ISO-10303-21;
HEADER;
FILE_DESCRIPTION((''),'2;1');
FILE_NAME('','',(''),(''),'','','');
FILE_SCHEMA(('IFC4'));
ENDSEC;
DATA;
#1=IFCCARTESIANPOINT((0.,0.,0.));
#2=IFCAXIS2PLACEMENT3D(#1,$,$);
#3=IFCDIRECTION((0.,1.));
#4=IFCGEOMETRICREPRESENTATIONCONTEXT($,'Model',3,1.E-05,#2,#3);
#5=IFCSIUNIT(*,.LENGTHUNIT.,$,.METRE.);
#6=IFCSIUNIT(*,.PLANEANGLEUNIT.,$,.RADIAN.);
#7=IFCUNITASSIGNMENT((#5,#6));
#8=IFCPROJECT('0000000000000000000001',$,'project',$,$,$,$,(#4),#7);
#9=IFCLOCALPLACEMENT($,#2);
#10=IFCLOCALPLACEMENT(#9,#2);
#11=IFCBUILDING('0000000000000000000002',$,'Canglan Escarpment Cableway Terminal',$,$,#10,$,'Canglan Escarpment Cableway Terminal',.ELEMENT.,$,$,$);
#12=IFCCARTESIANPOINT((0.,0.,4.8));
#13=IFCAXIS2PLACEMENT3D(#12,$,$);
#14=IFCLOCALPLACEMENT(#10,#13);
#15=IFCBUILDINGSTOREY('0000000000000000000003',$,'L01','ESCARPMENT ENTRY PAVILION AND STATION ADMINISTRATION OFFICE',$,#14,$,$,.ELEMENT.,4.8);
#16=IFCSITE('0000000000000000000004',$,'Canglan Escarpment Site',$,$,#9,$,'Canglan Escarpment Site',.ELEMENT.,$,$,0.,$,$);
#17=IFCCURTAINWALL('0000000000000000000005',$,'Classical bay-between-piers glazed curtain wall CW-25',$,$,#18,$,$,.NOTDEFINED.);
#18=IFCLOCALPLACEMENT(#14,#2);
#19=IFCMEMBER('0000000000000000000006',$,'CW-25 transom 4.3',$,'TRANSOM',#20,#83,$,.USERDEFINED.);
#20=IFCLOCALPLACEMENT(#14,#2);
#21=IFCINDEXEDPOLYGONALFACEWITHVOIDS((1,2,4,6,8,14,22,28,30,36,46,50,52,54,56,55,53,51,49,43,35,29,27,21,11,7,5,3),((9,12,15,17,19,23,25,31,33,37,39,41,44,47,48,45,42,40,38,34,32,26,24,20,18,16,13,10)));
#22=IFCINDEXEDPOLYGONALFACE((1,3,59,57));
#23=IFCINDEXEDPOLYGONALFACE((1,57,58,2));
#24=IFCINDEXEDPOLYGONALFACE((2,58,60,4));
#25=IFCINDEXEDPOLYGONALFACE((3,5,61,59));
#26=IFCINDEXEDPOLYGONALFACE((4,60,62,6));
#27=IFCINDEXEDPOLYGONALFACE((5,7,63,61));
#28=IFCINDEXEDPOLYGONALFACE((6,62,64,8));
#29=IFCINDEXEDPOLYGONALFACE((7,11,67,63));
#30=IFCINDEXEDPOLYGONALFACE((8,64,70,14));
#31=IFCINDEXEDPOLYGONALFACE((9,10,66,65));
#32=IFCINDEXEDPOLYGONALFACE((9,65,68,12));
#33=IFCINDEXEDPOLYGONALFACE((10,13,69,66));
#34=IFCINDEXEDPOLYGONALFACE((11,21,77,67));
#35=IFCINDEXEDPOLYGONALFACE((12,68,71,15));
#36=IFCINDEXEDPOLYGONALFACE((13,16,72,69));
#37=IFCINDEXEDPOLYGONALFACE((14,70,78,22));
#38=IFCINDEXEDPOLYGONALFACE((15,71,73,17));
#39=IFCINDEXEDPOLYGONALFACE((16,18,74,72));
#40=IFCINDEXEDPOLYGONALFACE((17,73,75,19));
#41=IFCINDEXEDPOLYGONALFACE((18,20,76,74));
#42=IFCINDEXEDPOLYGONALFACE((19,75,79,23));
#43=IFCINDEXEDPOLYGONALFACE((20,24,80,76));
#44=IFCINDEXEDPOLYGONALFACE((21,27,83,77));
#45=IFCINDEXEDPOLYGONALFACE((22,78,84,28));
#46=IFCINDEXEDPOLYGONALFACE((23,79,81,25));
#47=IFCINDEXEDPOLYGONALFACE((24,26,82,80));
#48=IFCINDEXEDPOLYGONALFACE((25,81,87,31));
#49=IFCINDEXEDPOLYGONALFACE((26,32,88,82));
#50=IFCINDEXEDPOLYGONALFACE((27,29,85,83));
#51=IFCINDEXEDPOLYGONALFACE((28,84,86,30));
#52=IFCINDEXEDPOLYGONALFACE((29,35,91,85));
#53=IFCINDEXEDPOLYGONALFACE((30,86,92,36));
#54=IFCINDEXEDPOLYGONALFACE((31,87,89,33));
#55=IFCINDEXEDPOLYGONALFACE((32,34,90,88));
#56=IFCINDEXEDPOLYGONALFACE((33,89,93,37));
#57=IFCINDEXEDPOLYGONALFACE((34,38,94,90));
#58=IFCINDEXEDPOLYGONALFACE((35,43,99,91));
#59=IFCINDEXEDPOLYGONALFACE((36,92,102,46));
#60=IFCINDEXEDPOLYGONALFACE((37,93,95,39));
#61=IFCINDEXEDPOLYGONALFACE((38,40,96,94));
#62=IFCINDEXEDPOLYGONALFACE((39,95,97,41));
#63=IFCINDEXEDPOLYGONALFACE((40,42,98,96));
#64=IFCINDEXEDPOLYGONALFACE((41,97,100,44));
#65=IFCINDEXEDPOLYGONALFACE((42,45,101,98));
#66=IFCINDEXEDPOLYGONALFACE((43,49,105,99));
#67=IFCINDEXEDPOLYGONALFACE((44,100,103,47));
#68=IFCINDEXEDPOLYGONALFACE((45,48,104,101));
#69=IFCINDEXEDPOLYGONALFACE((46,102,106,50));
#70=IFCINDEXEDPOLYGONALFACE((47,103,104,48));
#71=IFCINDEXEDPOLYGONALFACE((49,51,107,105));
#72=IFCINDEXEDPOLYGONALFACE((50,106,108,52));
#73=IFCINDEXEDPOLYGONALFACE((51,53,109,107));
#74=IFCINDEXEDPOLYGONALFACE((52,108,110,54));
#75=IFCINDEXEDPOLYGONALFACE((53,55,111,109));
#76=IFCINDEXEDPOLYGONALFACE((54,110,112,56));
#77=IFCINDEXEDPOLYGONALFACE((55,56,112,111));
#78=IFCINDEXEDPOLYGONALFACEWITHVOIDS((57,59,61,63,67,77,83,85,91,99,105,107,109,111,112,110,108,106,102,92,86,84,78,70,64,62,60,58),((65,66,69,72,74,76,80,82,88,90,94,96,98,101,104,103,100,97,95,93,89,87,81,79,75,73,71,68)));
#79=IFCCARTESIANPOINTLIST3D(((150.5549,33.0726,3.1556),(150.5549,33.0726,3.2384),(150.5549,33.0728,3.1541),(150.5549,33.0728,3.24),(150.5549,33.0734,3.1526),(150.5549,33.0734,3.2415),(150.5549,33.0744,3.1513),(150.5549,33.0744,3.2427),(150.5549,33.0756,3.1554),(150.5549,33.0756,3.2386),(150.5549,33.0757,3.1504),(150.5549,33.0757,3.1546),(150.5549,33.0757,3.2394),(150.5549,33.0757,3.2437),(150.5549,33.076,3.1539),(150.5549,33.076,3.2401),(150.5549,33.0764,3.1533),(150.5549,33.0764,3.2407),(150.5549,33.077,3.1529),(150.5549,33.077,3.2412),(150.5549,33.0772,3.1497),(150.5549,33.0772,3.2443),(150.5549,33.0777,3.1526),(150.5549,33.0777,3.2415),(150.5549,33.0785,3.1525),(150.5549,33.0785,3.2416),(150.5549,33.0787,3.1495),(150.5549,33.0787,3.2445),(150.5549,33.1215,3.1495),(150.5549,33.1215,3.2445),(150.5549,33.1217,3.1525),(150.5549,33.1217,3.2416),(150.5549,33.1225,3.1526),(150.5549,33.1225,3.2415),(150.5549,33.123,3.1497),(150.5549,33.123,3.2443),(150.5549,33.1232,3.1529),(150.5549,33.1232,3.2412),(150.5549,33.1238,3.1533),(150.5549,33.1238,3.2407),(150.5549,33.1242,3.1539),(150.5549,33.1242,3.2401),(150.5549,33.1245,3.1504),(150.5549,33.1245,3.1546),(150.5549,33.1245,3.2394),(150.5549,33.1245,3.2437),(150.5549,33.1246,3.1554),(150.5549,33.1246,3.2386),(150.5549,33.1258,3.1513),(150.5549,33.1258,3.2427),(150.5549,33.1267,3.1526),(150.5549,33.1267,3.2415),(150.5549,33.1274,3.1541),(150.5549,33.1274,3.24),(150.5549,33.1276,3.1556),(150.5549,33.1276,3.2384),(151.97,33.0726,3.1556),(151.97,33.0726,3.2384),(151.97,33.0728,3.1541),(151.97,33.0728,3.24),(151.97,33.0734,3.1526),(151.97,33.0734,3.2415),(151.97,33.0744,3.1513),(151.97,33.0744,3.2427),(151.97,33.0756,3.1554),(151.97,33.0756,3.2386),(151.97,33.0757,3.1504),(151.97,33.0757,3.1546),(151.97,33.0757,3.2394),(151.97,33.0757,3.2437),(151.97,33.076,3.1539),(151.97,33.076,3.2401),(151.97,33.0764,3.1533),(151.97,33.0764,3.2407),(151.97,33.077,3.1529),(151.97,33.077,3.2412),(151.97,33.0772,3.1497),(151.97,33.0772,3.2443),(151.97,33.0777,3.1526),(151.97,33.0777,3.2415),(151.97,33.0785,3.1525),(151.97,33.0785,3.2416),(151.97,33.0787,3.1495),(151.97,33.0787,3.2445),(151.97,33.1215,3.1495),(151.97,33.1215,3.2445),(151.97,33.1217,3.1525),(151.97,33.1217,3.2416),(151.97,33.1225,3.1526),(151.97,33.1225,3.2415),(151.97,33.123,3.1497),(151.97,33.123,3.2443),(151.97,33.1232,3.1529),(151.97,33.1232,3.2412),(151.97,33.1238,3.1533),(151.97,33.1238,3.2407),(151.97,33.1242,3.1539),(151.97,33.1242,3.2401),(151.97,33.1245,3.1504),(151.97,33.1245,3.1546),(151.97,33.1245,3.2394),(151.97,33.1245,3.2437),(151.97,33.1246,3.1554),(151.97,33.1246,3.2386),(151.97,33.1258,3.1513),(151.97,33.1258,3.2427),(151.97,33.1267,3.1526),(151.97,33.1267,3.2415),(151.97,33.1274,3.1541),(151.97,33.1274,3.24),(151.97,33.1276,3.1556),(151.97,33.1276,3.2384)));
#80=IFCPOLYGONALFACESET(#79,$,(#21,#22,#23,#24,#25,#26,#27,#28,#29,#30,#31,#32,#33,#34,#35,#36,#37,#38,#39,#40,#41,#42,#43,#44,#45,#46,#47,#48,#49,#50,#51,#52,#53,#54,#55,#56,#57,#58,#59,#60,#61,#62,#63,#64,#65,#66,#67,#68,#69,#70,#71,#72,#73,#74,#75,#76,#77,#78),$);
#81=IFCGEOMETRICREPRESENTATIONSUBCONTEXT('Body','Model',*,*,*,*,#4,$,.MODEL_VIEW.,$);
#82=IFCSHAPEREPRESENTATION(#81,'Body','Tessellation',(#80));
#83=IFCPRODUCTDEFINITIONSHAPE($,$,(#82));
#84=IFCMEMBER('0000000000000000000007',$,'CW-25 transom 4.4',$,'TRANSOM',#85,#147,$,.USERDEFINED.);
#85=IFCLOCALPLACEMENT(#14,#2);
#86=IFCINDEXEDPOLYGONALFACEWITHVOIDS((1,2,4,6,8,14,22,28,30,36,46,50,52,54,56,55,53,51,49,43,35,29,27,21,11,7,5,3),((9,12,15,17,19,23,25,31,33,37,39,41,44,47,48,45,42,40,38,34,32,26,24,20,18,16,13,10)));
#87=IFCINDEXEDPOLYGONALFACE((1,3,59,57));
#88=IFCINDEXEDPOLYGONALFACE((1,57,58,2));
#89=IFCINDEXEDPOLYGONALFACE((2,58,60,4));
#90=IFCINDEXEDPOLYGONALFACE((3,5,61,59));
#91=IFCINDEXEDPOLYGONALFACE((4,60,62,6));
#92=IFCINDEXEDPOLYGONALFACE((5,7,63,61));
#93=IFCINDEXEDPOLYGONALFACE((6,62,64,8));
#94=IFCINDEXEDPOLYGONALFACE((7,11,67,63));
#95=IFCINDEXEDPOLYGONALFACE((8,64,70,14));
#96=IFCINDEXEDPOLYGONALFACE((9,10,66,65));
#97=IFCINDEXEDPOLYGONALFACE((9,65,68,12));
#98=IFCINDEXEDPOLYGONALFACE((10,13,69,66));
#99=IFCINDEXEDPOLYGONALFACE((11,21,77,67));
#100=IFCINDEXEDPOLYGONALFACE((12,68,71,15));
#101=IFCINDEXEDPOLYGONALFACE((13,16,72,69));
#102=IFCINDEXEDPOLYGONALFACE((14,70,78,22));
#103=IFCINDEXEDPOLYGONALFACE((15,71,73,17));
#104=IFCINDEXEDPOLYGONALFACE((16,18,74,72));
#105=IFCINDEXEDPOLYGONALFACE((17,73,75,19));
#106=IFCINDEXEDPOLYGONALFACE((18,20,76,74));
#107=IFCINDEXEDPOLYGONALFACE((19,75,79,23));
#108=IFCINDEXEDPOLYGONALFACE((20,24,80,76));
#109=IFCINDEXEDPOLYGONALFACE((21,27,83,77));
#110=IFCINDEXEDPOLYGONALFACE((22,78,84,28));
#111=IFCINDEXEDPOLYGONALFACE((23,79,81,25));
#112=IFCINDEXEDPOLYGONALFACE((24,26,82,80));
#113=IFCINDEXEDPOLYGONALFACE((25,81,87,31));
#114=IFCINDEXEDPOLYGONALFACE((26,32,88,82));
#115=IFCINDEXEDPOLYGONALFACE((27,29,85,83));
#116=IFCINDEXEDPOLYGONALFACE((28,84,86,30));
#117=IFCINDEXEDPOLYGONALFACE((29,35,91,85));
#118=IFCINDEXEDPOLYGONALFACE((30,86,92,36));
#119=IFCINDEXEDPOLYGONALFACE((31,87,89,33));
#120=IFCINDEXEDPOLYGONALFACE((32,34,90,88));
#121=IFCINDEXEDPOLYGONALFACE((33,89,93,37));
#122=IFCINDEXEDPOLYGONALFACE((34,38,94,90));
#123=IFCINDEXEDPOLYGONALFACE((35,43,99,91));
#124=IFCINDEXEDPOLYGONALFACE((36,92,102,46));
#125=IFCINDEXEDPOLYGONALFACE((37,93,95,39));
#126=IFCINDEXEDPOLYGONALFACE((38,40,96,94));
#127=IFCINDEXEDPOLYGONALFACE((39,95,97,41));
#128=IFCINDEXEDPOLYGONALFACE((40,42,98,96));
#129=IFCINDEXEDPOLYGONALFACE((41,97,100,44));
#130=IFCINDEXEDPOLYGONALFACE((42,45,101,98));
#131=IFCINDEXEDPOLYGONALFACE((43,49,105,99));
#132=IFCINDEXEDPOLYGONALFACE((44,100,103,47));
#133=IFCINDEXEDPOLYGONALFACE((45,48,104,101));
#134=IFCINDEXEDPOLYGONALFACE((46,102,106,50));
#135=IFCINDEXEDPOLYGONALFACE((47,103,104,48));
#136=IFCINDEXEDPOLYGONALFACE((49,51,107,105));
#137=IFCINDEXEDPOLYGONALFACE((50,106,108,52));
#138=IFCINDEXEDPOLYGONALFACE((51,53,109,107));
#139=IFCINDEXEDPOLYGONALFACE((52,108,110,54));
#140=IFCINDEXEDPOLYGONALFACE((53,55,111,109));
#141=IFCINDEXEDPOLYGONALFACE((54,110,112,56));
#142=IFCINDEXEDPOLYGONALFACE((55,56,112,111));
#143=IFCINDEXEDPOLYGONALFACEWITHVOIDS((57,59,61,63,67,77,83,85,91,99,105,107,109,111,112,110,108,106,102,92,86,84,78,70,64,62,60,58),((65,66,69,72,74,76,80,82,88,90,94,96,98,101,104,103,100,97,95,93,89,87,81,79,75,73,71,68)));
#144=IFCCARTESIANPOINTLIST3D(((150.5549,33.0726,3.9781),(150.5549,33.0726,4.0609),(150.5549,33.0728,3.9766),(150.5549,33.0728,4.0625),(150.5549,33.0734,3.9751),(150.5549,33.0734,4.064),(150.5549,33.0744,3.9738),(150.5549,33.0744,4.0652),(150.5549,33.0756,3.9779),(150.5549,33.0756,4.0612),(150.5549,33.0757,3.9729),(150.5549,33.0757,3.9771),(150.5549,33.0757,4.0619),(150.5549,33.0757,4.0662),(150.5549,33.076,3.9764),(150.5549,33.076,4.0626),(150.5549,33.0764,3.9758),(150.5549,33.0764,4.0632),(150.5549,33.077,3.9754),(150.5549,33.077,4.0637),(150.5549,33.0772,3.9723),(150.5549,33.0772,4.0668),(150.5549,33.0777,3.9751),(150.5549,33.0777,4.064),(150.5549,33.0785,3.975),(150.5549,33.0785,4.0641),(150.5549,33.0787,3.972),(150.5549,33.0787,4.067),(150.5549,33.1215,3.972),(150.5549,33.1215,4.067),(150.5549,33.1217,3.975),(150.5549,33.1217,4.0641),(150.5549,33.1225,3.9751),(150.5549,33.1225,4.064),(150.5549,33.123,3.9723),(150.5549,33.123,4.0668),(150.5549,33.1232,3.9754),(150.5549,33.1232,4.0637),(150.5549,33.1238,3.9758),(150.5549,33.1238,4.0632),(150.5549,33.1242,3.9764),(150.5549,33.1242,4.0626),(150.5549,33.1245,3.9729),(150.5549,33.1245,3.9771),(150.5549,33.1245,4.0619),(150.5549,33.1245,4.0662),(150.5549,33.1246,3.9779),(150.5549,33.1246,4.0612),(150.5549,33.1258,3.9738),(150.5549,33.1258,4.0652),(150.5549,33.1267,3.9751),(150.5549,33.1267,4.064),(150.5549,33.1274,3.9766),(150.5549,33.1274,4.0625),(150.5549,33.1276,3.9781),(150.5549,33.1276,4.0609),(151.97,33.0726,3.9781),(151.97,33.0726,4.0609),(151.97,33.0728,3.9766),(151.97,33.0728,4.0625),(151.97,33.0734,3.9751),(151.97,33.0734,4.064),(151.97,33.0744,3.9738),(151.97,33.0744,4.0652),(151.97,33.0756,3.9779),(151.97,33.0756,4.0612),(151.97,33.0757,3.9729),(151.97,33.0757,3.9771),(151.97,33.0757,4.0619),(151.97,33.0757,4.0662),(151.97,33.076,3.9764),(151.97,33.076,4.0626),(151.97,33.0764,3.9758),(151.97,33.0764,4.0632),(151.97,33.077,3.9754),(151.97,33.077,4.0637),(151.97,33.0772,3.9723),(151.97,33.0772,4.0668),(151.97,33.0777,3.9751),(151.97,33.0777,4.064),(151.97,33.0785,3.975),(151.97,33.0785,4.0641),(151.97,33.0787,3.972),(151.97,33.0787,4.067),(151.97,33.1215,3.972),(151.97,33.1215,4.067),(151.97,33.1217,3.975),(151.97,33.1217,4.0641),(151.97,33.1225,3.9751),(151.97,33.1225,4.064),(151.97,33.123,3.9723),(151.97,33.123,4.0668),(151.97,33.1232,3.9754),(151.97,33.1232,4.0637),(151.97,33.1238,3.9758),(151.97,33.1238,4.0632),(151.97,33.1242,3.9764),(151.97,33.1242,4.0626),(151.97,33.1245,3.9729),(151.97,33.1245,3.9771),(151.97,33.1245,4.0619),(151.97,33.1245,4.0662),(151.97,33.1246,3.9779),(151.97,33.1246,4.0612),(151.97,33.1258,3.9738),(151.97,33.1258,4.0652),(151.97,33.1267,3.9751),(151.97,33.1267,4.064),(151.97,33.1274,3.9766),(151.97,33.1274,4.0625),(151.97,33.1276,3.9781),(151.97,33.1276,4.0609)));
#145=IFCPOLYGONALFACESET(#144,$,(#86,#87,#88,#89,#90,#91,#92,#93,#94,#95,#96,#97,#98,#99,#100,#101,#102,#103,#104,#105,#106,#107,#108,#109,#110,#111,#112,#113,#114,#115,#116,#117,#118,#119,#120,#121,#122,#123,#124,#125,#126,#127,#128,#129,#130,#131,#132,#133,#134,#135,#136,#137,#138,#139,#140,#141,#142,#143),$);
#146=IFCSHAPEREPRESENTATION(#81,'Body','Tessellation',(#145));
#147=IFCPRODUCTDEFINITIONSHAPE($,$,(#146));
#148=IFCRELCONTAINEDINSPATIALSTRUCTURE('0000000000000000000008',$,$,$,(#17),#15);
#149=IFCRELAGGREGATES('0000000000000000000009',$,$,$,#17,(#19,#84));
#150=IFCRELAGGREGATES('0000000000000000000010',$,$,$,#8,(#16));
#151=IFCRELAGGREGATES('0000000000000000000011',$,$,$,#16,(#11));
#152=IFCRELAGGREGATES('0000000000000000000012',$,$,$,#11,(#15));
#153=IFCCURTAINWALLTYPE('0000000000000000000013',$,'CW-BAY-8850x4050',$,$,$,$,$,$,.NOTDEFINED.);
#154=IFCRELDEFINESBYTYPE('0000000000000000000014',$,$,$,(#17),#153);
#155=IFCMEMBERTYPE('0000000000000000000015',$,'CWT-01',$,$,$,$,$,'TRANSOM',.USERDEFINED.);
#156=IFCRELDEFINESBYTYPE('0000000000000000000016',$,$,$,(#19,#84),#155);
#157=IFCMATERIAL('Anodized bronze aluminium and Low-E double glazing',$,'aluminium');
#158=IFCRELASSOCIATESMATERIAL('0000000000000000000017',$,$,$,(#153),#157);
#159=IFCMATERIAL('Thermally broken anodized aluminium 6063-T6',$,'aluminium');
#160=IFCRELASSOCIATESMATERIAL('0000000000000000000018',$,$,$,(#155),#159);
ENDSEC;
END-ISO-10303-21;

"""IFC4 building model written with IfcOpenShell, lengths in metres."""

from ifc_helpers import new_model, si_unit, direction, frame, origin, origin_2d, place, context, subcontext, project, spatial, hollow_rectangle, extrude, material, material_profile, profile_set, type_object, element, aggregate, save


model = new_model("IFC4")

# Units and contexts
model_context = context("Model", 3, precision=1e-05, world=origin(), true_north=direction((0.0, 1.0)))
body_context = subcontext(model_context, "Body", "Model", "MODEL_VIEW")
ifc_project = project(units=[si_unit("LENGTHUNIT", "METRE"), si_unit("PLANEANGLEUNIT", "RADIAN")], contexts=[model_context])

# Site, building, storey
site_placement = place(None, origin())
site = spatial("IfcSite", under=ifc_project, at=site_placement, Name="Canglan Escarpment Site", LongName="Canglan Escarpment Site", CompositionType="ELEMENT", RefElevation=0.0)
building_placement = place(site_placement, origin())
building = spatial("IfcBuilding", under=site, at=building_placement, Name="Canglan Escarpment Cableway Terminal", LongName="Canglan Escarpment Cableway Terminal", CompositionType="ELEMENT")
storey_placement = place(building_placement, frame((0.0, 0.0, 4.8)))
storey = spatial("IfcBuildingStorey", under=building, at=storey_placement, Name="L01", Description="ESCARPMENT ENTRY PAVILION AND STATION ADMINISTRATION OFFICE", CompositionType="ELEMENT", Elevation=4.8)

# Curtain wall, members
ifc_material_1 = material(Name="Anodized bronze aluminium and Low-E double glazing", Category="aluminium")
curtain_wall_type = type_object("IfcCurtainWallType", Name="CW-BAY-8850x4050", PredefinedType="NOTDEFINED", material=ifc_material_1)
curtain_wall_placement = place(storey_placement, origin())
curtain_wall = element("IfcCurtainWall", 1, at=curtain_wall_placement, inside=storey, type_object=curtain_wall_type, Name="Classical bay-between-piers glazed curtain wall CW-25", PredefinedType="NOTDEFINED")
ifc_material_2 = material(Name="Thermally broken anodized aluminium 6063-T6", Category="aluminium")
ifc_material_profile_1 = material_profile(ifc_material_2, hollow_rectangle(XDim=0.0549, YDim=0.095, WallThickness=0.0029, InnerFilletRadius=0.0029, OuterFilletRadius=0.0061, at=origin_2d()), Name="ALU-TRAN 55x95x3")
ifc_profile_set_1 = profile_set([ifc_material_profile_1], Name="Thermally broken anodized aluminium 6063-T6")
member_type_1 = type_object("IfcMemberType", Name="CWT-01", ElementType="TRANSOM", PredefinedType="USERDEFINED", material=ifc_profile_set_1)
member_1_placement = place(storey_placement, frame((151.97, 33.1001, 3.197), z_axis=(-1.0, 0.0, 0.0), x_axis=(0.0, -1.0, 0.0)))
member_1 = element("IfcMember", 2, at=member_1_placement, type_object=member_type_1, Name="CW-25 transom 4.3", ObjectType="TRANSOM", PredefinedType="USERDEFINED", context=body_context, shape_type="SweptSolid", body=[
    extrude(hollow_rectangle(XDim=0.0549, YDim=0.095, WallThickness=0.0029, InnerFilletRadius=0.0029, OuterFilletRadius=0.0061, at=origin_2d()), origin(), (0.0, 0.0, 1.0), 1.415),
])
member_2_placement = place(storey_placement, frame((151.97, 33.1001, 4.0195), z_axis=(-1.0, 0.0, 0.0), x_axis=(0.0, -1.0, 0.0)))
member_2 = element("IfcMember", 3, at=member_2_placement, type_object=member_type_1, Name="CW-25 transom 4.4", ObjectType="TRANSOM", PredefinedType="USERDEFINED", context=body_context, shape_type="SweptSolid", body=[
    extrude(hollow_rectangle(XDim=0.0549, YDim=0.095, WallThickness=0.0029, InnerFilletRadius=0.0029, OuterFilletRadius=0.0061, at=origin_2d()), origin(), (0.0, 0.0, 1.0), 1.415),
])
aggregate(curtain_wall, [member_1, member_2])

save(model, "model.ifc")
